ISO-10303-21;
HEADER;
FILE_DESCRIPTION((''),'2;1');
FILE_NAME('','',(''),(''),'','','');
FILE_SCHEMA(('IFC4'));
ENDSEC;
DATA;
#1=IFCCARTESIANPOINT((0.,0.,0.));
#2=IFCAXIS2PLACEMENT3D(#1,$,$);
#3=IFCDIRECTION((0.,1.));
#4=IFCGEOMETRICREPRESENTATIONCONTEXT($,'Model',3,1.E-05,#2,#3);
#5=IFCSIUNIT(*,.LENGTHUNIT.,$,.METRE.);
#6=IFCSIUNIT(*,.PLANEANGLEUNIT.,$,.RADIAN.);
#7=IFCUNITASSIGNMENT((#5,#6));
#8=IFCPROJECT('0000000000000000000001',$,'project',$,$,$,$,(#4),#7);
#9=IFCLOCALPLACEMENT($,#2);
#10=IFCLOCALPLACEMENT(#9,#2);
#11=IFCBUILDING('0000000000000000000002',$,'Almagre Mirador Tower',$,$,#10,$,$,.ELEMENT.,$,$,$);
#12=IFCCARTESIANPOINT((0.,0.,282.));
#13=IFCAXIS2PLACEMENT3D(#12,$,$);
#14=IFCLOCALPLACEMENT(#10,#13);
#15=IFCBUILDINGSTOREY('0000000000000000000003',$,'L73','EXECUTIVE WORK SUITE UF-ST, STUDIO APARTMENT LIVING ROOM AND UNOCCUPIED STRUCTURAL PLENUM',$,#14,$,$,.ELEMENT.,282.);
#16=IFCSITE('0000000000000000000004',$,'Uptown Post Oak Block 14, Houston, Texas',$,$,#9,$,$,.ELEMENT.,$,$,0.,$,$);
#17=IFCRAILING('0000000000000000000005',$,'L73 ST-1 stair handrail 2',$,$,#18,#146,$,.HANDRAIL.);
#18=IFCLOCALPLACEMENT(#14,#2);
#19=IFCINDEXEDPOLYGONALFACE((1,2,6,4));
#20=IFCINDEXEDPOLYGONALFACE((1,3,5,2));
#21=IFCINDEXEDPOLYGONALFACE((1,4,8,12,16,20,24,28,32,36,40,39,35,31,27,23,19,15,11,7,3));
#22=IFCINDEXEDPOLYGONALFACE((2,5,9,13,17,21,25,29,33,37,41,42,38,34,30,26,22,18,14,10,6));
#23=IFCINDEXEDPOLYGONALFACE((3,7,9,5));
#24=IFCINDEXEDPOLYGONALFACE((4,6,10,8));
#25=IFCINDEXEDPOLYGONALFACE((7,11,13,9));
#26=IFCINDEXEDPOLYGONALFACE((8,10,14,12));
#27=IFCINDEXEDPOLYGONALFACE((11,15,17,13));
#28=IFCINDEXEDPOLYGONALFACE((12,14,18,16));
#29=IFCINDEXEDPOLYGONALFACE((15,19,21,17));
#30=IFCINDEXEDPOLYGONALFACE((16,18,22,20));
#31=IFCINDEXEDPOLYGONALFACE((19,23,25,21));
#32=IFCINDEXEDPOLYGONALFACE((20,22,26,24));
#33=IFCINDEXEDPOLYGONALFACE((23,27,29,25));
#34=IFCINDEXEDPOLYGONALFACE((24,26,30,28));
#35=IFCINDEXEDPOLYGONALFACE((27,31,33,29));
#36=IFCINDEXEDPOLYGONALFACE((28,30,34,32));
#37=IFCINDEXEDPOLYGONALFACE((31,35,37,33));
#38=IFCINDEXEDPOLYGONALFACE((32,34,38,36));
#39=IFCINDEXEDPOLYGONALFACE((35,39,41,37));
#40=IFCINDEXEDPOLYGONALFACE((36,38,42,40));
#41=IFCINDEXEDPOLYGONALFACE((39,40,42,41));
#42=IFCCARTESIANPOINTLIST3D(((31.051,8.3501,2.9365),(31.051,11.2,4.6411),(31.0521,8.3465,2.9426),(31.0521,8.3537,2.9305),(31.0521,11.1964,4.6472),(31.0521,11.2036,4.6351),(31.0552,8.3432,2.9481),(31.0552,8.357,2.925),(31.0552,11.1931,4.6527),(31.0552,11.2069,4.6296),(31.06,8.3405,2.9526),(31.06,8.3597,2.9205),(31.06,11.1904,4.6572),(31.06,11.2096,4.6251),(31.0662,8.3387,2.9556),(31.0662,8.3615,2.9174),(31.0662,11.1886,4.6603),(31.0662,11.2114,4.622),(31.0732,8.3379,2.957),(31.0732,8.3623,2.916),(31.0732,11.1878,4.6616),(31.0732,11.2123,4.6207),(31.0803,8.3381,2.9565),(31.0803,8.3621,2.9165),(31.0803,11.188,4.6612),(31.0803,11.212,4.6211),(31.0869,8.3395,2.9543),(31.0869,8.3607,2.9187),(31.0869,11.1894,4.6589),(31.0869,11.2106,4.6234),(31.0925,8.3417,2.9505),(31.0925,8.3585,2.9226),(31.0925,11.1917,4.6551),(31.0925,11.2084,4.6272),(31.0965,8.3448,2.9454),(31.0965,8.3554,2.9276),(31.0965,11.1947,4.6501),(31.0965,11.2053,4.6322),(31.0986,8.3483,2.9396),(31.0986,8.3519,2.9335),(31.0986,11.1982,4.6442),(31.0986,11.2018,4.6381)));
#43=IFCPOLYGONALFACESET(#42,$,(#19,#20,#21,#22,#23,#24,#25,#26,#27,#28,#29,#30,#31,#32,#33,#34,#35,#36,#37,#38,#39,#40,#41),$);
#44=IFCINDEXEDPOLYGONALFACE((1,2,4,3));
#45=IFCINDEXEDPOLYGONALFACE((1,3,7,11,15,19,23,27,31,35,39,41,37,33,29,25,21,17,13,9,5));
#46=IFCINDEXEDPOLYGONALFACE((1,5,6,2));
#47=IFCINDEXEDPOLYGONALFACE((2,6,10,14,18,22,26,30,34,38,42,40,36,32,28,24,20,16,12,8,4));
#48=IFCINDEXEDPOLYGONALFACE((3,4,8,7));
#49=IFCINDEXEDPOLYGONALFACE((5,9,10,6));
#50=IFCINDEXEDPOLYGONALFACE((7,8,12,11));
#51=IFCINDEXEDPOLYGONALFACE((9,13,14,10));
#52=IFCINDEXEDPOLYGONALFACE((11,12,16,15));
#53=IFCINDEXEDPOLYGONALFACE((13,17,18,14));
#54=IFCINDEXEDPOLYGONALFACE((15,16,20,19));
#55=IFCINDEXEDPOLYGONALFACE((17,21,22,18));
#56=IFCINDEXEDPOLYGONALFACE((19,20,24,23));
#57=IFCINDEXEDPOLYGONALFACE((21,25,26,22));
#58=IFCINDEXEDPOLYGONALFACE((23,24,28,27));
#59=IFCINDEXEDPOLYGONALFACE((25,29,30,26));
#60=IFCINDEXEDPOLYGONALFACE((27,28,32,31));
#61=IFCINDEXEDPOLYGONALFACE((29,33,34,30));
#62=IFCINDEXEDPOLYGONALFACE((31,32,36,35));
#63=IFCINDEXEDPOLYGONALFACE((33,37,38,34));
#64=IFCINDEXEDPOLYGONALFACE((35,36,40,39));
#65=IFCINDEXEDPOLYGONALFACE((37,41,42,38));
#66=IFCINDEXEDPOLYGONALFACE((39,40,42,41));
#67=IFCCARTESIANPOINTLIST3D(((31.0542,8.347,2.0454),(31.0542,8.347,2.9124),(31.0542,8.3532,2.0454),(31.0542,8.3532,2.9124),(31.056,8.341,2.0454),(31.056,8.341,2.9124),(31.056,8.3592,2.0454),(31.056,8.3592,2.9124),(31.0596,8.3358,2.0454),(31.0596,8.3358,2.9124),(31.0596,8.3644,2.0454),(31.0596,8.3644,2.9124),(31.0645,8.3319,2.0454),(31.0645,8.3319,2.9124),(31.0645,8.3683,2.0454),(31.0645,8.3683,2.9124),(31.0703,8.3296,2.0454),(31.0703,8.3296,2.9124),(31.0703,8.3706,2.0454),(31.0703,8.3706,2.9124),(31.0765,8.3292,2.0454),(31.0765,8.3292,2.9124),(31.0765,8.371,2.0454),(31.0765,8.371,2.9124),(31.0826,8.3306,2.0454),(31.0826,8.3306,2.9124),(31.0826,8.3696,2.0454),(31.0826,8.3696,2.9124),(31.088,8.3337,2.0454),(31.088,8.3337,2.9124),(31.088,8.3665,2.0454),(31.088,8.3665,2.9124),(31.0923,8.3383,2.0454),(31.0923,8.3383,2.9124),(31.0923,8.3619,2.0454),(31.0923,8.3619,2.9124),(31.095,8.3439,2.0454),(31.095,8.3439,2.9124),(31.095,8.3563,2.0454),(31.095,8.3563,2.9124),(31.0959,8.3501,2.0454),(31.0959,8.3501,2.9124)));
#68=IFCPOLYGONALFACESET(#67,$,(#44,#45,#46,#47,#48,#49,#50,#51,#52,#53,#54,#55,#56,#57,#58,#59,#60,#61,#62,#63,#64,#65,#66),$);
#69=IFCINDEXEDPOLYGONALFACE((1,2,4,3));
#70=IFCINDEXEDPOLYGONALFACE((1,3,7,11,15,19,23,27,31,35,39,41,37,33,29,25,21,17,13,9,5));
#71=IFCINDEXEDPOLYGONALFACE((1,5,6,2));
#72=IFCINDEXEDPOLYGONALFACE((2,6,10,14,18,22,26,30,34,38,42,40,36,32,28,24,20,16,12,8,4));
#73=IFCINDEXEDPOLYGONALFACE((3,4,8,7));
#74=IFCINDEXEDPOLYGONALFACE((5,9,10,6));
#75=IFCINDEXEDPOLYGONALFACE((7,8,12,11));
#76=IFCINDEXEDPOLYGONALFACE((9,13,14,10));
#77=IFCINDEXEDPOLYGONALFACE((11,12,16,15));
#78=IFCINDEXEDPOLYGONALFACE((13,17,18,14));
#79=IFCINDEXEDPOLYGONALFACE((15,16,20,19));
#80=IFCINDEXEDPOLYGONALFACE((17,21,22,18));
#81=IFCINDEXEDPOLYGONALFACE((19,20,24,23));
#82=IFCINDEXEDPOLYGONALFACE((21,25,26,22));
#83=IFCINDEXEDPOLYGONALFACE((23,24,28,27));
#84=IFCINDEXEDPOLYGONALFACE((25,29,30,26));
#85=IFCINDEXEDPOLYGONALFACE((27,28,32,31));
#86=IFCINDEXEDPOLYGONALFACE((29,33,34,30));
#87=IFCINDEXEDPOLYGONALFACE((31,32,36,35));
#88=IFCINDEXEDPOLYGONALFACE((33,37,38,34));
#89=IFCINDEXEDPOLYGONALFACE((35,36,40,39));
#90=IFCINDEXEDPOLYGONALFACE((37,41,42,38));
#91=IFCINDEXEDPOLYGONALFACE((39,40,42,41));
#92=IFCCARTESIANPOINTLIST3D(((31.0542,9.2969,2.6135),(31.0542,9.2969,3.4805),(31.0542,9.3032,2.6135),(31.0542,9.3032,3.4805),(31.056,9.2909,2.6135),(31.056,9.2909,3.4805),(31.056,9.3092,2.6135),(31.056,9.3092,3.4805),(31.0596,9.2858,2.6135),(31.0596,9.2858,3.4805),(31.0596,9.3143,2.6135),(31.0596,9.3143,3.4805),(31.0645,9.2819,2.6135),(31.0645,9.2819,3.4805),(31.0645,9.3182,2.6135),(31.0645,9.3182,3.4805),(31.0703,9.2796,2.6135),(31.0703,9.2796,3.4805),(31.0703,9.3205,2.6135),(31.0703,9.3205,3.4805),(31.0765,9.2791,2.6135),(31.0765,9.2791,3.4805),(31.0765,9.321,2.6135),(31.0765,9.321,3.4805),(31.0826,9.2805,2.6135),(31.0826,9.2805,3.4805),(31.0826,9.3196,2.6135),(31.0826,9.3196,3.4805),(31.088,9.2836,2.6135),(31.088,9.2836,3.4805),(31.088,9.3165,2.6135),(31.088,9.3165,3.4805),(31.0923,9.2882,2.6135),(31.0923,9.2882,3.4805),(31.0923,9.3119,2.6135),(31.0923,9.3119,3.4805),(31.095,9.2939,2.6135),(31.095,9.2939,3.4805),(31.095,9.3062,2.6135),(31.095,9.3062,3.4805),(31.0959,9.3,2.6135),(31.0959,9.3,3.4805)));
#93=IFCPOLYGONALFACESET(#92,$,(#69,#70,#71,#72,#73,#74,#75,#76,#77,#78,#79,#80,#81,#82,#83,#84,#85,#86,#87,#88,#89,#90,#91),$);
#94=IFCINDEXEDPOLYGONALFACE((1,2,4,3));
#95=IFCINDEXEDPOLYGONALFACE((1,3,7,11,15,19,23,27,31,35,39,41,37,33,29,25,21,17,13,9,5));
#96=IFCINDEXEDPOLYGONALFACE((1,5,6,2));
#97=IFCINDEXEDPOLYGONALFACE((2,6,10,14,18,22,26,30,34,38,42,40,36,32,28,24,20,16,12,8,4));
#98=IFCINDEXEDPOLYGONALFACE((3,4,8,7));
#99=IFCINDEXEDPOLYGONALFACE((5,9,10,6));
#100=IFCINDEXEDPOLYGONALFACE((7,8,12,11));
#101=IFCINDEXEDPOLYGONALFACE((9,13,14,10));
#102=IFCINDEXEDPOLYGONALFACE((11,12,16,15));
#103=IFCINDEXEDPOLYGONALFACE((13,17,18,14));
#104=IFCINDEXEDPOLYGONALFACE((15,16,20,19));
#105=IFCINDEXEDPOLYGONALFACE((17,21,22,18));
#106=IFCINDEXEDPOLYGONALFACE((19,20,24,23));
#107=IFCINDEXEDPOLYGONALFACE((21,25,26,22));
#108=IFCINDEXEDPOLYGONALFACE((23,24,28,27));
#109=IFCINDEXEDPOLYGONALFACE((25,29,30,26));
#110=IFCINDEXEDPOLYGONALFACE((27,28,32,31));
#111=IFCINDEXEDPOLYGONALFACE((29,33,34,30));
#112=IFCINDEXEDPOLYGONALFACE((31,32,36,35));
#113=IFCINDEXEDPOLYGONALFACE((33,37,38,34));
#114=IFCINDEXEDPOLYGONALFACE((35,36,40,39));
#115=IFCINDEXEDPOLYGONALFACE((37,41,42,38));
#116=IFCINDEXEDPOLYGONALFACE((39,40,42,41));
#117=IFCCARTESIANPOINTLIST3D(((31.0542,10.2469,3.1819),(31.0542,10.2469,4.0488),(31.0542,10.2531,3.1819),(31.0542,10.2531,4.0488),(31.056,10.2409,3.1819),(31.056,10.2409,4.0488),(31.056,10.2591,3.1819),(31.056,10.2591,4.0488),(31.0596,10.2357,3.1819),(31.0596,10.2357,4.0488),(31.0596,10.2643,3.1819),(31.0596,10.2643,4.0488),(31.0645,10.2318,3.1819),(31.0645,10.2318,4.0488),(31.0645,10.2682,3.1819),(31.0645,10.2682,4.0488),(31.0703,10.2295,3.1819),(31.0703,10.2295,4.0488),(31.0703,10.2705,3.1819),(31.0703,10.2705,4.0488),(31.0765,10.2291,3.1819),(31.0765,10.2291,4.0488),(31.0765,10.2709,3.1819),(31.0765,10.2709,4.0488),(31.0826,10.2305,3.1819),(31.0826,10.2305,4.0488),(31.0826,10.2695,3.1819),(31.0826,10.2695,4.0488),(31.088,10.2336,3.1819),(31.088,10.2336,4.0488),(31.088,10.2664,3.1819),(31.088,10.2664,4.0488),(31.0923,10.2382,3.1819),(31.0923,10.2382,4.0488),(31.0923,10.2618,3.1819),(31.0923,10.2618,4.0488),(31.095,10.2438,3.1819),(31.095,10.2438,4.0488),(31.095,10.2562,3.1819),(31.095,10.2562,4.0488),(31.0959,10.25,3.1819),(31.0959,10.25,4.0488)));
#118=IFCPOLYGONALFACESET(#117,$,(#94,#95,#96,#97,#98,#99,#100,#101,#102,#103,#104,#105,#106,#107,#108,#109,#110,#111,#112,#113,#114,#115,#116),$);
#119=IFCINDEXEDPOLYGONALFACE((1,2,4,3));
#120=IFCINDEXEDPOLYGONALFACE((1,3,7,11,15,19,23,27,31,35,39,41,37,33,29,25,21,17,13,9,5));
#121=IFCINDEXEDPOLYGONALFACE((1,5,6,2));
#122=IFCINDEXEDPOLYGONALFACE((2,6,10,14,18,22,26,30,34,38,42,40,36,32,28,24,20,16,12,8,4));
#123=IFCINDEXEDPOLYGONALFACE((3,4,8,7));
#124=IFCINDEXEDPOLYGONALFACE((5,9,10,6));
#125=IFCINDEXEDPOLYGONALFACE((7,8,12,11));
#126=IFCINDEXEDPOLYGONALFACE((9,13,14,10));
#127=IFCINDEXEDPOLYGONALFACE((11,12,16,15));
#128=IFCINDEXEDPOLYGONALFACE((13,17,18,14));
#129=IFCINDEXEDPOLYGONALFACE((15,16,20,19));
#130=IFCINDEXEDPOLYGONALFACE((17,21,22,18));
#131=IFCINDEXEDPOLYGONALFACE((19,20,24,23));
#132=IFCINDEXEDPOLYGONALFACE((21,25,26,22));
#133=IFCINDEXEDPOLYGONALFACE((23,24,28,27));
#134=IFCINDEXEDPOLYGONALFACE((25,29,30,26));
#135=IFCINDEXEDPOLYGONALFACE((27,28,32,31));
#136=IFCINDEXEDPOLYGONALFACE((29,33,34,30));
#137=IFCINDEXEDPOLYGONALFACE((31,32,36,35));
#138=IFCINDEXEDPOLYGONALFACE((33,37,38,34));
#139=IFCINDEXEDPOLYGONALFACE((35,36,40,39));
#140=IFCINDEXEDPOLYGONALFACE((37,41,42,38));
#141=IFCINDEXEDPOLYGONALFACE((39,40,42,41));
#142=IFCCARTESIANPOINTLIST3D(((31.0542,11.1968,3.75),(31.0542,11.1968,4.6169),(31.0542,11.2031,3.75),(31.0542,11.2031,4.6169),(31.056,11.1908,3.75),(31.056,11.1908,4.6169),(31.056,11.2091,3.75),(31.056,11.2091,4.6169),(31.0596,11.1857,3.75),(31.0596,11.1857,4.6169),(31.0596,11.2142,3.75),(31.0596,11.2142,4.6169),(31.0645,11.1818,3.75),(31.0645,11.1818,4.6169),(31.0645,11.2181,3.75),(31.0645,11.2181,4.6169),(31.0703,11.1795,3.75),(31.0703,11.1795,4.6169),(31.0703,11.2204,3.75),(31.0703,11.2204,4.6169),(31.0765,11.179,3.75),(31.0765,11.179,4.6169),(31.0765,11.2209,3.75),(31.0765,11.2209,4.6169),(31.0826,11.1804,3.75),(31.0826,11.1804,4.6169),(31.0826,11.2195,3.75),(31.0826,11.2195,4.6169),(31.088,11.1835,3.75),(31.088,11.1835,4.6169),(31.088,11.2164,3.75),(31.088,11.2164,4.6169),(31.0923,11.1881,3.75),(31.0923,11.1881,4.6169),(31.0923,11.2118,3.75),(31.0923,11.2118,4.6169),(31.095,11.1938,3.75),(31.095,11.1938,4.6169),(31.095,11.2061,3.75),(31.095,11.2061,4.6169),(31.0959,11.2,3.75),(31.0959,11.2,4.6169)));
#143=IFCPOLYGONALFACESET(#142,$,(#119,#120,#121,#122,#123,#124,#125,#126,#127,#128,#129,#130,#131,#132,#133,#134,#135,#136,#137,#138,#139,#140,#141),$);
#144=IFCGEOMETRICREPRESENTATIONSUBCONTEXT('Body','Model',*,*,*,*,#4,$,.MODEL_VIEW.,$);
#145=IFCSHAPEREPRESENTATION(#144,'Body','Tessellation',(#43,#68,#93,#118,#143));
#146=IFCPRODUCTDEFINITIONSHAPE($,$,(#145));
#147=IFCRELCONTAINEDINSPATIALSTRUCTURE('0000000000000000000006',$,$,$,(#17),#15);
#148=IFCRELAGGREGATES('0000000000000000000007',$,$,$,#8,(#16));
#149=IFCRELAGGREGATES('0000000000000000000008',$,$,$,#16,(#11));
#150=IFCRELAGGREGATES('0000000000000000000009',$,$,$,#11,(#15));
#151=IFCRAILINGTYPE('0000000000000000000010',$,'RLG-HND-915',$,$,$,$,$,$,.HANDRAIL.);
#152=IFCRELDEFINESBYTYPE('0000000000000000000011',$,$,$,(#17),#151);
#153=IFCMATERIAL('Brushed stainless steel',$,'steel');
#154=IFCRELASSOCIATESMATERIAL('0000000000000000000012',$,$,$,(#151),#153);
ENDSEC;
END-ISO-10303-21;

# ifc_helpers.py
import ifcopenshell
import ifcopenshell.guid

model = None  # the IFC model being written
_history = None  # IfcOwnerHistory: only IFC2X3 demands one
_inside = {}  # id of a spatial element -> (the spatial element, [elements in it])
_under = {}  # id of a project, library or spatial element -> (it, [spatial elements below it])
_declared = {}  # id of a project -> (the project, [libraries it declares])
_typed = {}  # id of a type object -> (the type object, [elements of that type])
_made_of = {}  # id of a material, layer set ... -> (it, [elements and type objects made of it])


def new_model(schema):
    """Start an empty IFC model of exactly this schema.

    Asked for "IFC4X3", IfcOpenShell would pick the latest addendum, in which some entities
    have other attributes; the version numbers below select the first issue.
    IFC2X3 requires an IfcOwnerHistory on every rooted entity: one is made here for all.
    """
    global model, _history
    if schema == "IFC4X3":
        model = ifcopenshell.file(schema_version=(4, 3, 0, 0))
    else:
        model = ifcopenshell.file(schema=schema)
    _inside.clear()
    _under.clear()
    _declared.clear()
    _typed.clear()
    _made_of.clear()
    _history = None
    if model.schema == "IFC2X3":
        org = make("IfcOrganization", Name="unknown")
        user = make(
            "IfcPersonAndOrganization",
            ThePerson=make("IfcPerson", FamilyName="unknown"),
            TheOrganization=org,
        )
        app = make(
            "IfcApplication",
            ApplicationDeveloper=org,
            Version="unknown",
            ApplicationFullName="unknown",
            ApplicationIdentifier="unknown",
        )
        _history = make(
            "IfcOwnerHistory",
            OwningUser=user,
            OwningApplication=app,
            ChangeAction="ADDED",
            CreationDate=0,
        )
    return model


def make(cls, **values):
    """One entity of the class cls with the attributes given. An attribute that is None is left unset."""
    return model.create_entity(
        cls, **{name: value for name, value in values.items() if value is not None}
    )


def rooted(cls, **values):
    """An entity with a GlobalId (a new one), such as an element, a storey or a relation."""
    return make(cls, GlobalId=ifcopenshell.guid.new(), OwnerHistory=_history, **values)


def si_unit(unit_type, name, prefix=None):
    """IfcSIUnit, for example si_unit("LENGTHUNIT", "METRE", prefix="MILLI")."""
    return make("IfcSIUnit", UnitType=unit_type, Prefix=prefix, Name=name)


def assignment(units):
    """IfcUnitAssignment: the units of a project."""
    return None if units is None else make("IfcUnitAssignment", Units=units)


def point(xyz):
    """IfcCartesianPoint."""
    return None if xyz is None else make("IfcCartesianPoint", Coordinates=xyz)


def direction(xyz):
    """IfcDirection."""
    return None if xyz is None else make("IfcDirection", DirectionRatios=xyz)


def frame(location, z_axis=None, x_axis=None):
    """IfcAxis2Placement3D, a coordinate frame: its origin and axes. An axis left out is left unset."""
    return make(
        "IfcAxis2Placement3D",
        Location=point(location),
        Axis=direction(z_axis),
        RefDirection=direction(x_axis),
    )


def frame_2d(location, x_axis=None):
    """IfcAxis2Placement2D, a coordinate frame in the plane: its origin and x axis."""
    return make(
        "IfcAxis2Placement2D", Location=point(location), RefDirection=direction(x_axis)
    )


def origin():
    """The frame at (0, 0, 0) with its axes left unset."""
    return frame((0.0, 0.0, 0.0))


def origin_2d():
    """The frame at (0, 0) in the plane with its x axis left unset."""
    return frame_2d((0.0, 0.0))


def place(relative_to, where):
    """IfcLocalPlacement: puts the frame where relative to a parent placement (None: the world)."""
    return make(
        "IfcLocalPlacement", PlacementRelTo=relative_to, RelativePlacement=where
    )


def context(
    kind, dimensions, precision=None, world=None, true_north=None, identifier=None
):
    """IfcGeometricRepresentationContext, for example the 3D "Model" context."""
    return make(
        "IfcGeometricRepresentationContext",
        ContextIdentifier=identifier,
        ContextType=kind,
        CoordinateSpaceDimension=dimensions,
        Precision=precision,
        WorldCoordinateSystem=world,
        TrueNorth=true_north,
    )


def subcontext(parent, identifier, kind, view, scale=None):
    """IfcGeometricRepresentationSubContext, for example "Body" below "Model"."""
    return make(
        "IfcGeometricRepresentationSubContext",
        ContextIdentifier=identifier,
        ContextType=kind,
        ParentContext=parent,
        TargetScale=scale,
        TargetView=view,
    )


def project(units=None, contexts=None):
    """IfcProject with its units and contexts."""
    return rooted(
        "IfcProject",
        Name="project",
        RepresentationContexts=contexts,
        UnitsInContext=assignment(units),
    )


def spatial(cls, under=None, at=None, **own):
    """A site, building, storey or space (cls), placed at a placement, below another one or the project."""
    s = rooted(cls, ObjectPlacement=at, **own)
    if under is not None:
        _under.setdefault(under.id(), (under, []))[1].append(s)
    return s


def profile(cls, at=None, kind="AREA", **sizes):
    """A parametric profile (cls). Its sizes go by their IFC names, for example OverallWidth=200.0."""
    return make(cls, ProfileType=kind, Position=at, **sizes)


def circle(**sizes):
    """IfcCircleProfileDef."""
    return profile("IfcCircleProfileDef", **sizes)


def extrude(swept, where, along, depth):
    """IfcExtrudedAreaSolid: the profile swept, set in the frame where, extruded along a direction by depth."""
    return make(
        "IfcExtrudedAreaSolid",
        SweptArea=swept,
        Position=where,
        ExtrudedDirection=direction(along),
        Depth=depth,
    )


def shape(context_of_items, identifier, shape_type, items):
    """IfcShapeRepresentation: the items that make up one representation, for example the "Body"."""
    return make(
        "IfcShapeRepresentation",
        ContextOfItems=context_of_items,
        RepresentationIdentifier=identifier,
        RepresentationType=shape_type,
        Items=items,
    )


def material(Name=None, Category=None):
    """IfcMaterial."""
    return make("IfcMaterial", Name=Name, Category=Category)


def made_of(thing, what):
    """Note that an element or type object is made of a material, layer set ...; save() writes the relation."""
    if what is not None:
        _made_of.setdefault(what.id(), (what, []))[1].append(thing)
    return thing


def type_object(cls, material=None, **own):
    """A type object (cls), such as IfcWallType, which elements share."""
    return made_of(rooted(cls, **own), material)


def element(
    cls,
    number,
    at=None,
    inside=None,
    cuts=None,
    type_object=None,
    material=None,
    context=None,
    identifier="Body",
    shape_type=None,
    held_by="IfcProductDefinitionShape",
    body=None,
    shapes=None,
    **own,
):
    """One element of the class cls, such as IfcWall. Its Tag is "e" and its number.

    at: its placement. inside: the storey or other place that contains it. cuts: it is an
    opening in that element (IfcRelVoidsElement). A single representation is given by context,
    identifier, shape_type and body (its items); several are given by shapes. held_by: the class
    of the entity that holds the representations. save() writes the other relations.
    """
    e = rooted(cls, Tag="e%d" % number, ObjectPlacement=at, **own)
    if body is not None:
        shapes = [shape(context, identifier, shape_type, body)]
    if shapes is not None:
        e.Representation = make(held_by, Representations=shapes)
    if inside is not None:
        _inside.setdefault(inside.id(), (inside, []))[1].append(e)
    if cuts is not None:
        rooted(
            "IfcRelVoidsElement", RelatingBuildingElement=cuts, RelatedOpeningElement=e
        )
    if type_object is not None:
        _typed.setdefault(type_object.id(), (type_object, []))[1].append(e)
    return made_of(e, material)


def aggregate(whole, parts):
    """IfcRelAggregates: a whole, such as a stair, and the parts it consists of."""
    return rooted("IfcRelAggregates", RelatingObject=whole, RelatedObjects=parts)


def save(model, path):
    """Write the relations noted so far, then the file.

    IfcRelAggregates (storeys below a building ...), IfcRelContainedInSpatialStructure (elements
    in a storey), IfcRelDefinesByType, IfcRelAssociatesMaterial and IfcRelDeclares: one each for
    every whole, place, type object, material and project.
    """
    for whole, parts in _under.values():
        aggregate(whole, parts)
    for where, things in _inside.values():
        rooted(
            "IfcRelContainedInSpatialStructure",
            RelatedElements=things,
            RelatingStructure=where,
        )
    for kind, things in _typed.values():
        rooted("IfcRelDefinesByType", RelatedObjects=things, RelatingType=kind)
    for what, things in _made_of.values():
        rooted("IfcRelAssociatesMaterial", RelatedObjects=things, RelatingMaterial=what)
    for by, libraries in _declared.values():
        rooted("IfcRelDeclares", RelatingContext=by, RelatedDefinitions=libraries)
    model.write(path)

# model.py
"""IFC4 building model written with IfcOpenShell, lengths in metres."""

from ifc_helpers import new_model, si_unit, direction, frame, origin, origin_2d, place, context, subcontext, project, spatial, circle, extrude, material, type_object, element, save


model = new_model("IFC4")

# Units and contexts
model_context = context("Model", 3, precision=1e-05, world=origin(), true_north=direction((0.0, 1.0)))
body_context = subcontext(model_context, "Body", "Model", "MODEL_VIEW")
ifc_project = project(units=[si_unit("LENGTHUNIT", "METRE"), si_unit("PLANEANGLEUNIT", "RADIAN")], contexts=[model_context])

# Site, building, storey
site_placement = place(None, origin())
site = spatial("IfcSite", under=ifc_project, at=site_placement, Name="Uptown Post Oak Block 14, Houston, Texas", CompositionType="ELEMENT", RefElevation=0.0)
building_placement = place(site_placement, origin())
building = spatial("IfcBuilding", under=site, at=building_placement, Name="Almagre Mirador Tower", CompositionType="ELEMENT")
storey_placement = place(building_placement, frame((0.0, 0.0, 282.0)))
storey = spatial("IfcBuildingStorey", under=building, at=storey_placement, Name="L73", Description="EXECUTIVE WORK SUITE UF-ST, STUDIO APARTMENT LIVING ROOM AND UNOCCUPIED STRUCTURAL PLENUM", CompositionType="ELEMENT", Elevation=282.0)

# Railing
ifc_material_1 = material(Name="Brushed stainless steel", Category="steel")
railing_type_1 = type_object("IfcRailingType", Name="RLG-HND-915", PredefinedType="HANDRAIL", material=ifc_material_1)
railing_1_placement = place(storey_placement, frame((31.075, 8.3501, 2.0454)))
element("IfcRailing", 1, at=railing_1_placement, inside=storey, type_object=railing_type_1, Name="L73 ST-1 stair handrail 2", PredefinedType="HANDRAIL", context=body_context, shape_type="SweptSolid", body=[
    extrude(circle(Radius=0.0239, at=origin_2d()), frame((0.0, 0.0, 0.8911), z_axis=(0.0, 0.858199, 0.513317), x_axis=(-1.0, 0.0, 0.0)), (0.0, 0.0, 1.0), 3.3208),
    extrude(circle(Radius=0.021, at=origin_2d()), origin(), (0.0, 0.0, 1.0), 0.8669),
    extrude(circle(Radius=0.021, at=origin_2d()), frame((0.0, 0.95, 0.5681)), (0.0, 0.0, 1.0), 0.8669),
    extrude(circle(Radius=0.021, at=origin_2d()), frame((0.0, 1.8999, 1.1365)), (0.0, 0.0, 1.0), 0.8669),
    extrude(circle(Radius=0.021, at=origin_2d()), frame((0.0, 2.8499, 1.7046)), (0.0, 0.0, 1.0), 0.8669),
])

save(model, "model.ifc")
